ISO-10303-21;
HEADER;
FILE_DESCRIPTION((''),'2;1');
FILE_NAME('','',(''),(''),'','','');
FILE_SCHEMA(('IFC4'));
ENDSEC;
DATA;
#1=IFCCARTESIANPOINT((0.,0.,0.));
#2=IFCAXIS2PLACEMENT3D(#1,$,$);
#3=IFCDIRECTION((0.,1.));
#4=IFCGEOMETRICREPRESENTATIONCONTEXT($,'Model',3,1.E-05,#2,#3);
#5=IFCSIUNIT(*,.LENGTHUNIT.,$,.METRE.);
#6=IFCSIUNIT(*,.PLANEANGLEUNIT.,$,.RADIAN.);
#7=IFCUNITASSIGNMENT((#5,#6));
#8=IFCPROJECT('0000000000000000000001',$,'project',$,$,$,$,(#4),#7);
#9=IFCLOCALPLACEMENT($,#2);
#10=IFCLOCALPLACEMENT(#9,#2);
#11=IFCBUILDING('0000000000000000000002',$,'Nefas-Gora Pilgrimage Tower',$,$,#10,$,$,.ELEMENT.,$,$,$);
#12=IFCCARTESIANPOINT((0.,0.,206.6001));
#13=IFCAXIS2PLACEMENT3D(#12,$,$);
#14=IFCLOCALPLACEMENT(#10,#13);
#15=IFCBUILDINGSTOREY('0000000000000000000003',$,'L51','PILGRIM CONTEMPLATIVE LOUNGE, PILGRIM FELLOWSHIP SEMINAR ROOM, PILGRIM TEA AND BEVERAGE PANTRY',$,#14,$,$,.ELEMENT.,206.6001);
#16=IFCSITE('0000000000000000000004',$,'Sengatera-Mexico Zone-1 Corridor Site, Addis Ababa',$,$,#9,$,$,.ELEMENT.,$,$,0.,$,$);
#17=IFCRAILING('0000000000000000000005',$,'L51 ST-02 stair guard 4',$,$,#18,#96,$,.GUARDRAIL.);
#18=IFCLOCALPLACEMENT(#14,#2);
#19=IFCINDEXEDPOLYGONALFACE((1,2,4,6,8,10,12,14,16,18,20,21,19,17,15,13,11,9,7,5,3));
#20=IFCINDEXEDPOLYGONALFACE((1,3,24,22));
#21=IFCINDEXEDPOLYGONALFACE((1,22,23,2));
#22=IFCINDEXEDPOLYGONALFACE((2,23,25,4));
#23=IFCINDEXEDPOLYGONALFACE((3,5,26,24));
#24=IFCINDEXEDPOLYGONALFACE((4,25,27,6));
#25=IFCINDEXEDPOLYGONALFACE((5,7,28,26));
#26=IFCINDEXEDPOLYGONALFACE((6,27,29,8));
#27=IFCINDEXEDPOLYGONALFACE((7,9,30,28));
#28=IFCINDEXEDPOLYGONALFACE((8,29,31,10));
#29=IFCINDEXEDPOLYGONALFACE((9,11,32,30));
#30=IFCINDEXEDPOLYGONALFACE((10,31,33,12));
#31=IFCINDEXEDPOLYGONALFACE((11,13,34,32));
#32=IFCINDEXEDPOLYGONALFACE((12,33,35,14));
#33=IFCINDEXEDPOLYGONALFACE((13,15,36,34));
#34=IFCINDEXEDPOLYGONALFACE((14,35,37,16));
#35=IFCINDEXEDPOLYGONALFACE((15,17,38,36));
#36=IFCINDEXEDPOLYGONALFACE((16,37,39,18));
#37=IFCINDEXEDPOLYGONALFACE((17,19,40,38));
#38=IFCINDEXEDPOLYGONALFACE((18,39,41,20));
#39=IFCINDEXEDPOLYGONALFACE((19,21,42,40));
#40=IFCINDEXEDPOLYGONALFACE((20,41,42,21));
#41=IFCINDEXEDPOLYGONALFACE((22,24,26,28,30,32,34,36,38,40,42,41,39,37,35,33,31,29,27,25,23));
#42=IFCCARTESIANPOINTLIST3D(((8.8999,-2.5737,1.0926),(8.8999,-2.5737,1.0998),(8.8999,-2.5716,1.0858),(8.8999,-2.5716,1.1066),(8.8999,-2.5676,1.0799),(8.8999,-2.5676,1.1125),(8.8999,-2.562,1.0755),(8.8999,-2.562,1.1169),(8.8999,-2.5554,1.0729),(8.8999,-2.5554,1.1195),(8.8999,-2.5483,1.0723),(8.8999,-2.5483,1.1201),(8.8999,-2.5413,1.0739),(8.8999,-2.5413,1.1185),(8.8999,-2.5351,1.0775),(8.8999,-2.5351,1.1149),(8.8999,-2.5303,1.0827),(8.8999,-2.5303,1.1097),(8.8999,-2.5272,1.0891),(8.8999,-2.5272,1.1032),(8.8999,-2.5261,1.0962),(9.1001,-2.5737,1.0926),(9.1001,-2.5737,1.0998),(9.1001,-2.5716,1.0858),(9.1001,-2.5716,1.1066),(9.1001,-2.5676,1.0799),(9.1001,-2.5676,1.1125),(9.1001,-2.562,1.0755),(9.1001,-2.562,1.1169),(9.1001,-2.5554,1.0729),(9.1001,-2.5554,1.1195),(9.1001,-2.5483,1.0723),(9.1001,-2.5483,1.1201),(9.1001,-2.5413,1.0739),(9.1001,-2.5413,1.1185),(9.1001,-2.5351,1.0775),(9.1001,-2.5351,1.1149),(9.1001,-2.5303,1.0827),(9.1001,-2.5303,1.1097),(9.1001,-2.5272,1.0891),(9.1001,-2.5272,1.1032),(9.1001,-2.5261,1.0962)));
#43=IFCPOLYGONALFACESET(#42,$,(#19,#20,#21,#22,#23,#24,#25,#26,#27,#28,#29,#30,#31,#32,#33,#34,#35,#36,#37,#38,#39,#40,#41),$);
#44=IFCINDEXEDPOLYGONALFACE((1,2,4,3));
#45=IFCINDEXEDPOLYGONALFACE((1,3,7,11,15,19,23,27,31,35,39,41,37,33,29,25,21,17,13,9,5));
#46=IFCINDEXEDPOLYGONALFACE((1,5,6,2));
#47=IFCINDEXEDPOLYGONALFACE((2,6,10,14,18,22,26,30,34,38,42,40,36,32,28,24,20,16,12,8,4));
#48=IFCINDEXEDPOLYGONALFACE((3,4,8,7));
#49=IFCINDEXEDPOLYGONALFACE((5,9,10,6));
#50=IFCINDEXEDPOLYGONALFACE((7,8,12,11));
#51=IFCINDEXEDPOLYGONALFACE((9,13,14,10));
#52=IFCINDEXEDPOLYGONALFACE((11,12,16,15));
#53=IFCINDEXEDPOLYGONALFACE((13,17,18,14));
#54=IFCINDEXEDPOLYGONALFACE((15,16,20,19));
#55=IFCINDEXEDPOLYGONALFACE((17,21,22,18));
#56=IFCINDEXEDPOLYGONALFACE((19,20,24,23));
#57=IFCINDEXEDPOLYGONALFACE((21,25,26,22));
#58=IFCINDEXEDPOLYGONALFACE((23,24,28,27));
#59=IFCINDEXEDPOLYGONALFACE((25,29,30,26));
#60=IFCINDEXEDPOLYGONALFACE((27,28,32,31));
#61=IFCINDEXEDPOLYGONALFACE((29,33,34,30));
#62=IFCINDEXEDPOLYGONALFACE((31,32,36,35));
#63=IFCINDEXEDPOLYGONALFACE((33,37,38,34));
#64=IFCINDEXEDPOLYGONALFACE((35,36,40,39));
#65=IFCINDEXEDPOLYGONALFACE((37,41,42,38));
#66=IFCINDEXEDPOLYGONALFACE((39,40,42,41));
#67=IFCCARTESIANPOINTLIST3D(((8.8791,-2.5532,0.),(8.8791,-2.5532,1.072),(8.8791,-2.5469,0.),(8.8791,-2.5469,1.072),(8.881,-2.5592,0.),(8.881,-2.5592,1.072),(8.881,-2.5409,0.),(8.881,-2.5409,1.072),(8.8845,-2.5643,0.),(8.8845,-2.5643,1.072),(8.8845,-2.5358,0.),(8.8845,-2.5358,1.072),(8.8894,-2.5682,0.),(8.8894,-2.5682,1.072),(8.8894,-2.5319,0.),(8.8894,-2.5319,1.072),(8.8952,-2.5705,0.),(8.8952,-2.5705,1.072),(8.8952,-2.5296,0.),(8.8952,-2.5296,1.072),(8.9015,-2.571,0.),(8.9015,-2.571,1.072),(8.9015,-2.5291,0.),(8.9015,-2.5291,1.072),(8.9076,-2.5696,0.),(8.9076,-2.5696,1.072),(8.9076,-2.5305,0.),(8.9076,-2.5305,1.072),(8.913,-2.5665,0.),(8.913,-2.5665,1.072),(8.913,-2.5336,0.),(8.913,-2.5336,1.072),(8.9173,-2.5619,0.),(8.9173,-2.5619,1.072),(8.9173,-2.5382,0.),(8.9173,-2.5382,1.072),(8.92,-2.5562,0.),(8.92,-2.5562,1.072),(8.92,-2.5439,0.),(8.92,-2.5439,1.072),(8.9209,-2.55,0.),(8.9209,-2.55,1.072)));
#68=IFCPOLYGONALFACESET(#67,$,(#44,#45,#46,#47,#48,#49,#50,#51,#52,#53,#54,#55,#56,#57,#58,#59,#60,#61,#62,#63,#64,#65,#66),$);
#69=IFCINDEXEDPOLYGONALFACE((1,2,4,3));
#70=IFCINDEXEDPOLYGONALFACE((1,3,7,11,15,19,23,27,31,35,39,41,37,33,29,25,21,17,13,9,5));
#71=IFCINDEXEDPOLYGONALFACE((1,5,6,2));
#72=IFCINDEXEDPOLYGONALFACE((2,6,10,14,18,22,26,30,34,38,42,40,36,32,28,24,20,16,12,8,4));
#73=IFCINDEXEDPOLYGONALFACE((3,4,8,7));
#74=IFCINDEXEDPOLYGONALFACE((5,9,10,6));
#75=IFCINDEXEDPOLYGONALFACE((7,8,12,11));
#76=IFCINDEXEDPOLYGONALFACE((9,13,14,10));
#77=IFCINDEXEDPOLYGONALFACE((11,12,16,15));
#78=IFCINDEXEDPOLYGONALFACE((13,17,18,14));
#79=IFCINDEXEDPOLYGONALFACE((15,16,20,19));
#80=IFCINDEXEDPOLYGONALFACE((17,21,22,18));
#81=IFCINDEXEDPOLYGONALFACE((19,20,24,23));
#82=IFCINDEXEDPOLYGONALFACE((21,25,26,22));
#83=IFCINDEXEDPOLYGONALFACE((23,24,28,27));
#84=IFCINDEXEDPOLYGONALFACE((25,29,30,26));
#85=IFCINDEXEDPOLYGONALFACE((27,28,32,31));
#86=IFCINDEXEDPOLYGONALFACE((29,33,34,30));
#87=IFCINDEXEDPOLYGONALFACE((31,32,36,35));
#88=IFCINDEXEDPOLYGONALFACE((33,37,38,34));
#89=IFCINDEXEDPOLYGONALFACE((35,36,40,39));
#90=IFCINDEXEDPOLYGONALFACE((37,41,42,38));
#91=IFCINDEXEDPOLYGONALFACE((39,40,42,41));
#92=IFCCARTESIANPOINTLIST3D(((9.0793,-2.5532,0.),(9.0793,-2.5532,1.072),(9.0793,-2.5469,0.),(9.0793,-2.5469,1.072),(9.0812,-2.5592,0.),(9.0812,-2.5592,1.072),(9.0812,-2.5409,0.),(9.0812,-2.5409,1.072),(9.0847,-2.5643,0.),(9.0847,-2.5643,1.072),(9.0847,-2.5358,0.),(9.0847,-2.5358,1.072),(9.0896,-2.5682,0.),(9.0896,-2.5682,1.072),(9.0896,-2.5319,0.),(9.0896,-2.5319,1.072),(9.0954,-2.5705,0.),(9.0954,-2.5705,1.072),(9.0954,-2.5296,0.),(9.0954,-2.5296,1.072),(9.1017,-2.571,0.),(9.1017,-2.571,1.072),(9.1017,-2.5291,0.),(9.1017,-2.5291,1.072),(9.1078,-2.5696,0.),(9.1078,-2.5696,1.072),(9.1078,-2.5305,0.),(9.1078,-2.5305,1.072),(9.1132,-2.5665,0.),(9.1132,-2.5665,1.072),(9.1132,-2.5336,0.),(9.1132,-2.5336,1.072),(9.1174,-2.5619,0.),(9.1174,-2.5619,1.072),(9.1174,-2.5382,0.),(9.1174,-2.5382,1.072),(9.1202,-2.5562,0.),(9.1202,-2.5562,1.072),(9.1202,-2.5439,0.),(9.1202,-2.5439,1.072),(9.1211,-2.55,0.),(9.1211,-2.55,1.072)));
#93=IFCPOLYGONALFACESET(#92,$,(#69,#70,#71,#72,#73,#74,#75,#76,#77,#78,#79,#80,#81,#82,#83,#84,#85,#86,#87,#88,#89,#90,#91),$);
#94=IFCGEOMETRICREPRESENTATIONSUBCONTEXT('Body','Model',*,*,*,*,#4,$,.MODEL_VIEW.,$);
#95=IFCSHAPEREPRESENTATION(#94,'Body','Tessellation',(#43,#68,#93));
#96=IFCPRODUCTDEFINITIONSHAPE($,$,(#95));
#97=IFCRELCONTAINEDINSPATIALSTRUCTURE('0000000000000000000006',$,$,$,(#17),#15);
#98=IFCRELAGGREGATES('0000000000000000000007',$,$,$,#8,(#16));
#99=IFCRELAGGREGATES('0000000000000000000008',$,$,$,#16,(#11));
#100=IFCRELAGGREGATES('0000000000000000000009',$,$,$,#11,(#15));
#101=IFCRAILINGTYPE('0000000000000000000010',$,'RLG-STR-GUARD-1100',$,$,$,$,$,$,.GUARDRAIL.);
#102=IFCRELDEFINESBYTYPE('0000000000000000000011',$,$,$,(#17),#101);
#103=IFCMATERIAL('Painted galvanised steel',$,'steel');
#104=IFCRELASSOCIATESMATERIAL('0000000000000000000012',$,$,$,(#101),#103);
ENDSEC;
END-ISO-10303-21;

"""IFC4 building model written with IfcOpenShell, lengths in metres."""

from ifc_helpers import new_model, si_unit, direction, frame, origin, origin_2d, place, context, subcontext, project, spatial, circle, extrude, material, type_object, element, save


model = new_model("IFC4")

# Units and contexts
model_context = context("Model", 3, precision=1e-05, world=origin(), true_north=direction((0.0, 1.0)))
body_context = subcontext(model_context, "Body", "Model", "MODEL_VIEW")
ifc_project = project(units=[si_unit("LENGTHUNIT", "METRE"), si_unit("PLANEANGLEUNIT", "RADIAN")], contexts=[model_context])

# Site, building, storey
site_placement = place(None, origin())
site = spatial("IfcSite", under=ifc_project, at=site_placement, Name="Sengatera-Mexico Zone-1 Corridor Site, Addis Ababa", CompositionType="ELEMENT", RefElevation=0.0)
building_placement = place(site_placement, origin())
building = spatial("IfcBuilding", under=site, at=building_placement, Name="Nefas-Gora Pilgrimage Tower", CompositionType="ELEMENT")
storey_placement = place(building_placement, frame((0.0, 0.0, 206.6001)))
storey = spatial("IfcBuildingStorey", under=building, at=storey_placement, Name="L51", Description="PILGRIM CONTEMPLATIVE LOUNGE, PILGRIM FELLOWSHIP SEMINAR ROOM, PILGRIM TEA AND BEVERAGE PANTRY", CompositionType="ELEMENT", Elevation=206.6001)

# Railing
ifc_material_1 = material(Name="Painted galvanised steel", Category="steel")
railing_type_1 = type_object("IfcRailingType", Name="RLG-STR-GUARD-1100", PredefinedType="GUARDRAIL", material=ifc_material_1)
railing_1_placement = place(storey_placement, frame((8.8999, -2.55, 0.0)))
element("IfcRailing", 1, at=railing_1_placement, inside=storey, type_object=railing_type_1, Name="L51 ST-02 stair guard 4", PredefinedType="GUARDRAIL", context=body_context, shape_type="SweptSolid", body=[
    extrude(circle(Radius=0.0239, at=origin_2d()), frame((0.0, 0.0, 1.0962), z_axis=(1.0, 0.0, 0.0), x_axis=(0.0, 1.0, 0.0)), (0.0, 0.0, 1.0), 0.2002),
    extrude(circle(Radius=0.021, at=origin_2d()), origin(), (0.0, 0.0, 1.0), 1.072),
    extrude(circle(Radius=0.021, at=origin_2d()), frame((0.2002, 0.0, 0.0)), (0.0, 0.0, 1.0), 1.072),
])

save(model, "model.ifc")
